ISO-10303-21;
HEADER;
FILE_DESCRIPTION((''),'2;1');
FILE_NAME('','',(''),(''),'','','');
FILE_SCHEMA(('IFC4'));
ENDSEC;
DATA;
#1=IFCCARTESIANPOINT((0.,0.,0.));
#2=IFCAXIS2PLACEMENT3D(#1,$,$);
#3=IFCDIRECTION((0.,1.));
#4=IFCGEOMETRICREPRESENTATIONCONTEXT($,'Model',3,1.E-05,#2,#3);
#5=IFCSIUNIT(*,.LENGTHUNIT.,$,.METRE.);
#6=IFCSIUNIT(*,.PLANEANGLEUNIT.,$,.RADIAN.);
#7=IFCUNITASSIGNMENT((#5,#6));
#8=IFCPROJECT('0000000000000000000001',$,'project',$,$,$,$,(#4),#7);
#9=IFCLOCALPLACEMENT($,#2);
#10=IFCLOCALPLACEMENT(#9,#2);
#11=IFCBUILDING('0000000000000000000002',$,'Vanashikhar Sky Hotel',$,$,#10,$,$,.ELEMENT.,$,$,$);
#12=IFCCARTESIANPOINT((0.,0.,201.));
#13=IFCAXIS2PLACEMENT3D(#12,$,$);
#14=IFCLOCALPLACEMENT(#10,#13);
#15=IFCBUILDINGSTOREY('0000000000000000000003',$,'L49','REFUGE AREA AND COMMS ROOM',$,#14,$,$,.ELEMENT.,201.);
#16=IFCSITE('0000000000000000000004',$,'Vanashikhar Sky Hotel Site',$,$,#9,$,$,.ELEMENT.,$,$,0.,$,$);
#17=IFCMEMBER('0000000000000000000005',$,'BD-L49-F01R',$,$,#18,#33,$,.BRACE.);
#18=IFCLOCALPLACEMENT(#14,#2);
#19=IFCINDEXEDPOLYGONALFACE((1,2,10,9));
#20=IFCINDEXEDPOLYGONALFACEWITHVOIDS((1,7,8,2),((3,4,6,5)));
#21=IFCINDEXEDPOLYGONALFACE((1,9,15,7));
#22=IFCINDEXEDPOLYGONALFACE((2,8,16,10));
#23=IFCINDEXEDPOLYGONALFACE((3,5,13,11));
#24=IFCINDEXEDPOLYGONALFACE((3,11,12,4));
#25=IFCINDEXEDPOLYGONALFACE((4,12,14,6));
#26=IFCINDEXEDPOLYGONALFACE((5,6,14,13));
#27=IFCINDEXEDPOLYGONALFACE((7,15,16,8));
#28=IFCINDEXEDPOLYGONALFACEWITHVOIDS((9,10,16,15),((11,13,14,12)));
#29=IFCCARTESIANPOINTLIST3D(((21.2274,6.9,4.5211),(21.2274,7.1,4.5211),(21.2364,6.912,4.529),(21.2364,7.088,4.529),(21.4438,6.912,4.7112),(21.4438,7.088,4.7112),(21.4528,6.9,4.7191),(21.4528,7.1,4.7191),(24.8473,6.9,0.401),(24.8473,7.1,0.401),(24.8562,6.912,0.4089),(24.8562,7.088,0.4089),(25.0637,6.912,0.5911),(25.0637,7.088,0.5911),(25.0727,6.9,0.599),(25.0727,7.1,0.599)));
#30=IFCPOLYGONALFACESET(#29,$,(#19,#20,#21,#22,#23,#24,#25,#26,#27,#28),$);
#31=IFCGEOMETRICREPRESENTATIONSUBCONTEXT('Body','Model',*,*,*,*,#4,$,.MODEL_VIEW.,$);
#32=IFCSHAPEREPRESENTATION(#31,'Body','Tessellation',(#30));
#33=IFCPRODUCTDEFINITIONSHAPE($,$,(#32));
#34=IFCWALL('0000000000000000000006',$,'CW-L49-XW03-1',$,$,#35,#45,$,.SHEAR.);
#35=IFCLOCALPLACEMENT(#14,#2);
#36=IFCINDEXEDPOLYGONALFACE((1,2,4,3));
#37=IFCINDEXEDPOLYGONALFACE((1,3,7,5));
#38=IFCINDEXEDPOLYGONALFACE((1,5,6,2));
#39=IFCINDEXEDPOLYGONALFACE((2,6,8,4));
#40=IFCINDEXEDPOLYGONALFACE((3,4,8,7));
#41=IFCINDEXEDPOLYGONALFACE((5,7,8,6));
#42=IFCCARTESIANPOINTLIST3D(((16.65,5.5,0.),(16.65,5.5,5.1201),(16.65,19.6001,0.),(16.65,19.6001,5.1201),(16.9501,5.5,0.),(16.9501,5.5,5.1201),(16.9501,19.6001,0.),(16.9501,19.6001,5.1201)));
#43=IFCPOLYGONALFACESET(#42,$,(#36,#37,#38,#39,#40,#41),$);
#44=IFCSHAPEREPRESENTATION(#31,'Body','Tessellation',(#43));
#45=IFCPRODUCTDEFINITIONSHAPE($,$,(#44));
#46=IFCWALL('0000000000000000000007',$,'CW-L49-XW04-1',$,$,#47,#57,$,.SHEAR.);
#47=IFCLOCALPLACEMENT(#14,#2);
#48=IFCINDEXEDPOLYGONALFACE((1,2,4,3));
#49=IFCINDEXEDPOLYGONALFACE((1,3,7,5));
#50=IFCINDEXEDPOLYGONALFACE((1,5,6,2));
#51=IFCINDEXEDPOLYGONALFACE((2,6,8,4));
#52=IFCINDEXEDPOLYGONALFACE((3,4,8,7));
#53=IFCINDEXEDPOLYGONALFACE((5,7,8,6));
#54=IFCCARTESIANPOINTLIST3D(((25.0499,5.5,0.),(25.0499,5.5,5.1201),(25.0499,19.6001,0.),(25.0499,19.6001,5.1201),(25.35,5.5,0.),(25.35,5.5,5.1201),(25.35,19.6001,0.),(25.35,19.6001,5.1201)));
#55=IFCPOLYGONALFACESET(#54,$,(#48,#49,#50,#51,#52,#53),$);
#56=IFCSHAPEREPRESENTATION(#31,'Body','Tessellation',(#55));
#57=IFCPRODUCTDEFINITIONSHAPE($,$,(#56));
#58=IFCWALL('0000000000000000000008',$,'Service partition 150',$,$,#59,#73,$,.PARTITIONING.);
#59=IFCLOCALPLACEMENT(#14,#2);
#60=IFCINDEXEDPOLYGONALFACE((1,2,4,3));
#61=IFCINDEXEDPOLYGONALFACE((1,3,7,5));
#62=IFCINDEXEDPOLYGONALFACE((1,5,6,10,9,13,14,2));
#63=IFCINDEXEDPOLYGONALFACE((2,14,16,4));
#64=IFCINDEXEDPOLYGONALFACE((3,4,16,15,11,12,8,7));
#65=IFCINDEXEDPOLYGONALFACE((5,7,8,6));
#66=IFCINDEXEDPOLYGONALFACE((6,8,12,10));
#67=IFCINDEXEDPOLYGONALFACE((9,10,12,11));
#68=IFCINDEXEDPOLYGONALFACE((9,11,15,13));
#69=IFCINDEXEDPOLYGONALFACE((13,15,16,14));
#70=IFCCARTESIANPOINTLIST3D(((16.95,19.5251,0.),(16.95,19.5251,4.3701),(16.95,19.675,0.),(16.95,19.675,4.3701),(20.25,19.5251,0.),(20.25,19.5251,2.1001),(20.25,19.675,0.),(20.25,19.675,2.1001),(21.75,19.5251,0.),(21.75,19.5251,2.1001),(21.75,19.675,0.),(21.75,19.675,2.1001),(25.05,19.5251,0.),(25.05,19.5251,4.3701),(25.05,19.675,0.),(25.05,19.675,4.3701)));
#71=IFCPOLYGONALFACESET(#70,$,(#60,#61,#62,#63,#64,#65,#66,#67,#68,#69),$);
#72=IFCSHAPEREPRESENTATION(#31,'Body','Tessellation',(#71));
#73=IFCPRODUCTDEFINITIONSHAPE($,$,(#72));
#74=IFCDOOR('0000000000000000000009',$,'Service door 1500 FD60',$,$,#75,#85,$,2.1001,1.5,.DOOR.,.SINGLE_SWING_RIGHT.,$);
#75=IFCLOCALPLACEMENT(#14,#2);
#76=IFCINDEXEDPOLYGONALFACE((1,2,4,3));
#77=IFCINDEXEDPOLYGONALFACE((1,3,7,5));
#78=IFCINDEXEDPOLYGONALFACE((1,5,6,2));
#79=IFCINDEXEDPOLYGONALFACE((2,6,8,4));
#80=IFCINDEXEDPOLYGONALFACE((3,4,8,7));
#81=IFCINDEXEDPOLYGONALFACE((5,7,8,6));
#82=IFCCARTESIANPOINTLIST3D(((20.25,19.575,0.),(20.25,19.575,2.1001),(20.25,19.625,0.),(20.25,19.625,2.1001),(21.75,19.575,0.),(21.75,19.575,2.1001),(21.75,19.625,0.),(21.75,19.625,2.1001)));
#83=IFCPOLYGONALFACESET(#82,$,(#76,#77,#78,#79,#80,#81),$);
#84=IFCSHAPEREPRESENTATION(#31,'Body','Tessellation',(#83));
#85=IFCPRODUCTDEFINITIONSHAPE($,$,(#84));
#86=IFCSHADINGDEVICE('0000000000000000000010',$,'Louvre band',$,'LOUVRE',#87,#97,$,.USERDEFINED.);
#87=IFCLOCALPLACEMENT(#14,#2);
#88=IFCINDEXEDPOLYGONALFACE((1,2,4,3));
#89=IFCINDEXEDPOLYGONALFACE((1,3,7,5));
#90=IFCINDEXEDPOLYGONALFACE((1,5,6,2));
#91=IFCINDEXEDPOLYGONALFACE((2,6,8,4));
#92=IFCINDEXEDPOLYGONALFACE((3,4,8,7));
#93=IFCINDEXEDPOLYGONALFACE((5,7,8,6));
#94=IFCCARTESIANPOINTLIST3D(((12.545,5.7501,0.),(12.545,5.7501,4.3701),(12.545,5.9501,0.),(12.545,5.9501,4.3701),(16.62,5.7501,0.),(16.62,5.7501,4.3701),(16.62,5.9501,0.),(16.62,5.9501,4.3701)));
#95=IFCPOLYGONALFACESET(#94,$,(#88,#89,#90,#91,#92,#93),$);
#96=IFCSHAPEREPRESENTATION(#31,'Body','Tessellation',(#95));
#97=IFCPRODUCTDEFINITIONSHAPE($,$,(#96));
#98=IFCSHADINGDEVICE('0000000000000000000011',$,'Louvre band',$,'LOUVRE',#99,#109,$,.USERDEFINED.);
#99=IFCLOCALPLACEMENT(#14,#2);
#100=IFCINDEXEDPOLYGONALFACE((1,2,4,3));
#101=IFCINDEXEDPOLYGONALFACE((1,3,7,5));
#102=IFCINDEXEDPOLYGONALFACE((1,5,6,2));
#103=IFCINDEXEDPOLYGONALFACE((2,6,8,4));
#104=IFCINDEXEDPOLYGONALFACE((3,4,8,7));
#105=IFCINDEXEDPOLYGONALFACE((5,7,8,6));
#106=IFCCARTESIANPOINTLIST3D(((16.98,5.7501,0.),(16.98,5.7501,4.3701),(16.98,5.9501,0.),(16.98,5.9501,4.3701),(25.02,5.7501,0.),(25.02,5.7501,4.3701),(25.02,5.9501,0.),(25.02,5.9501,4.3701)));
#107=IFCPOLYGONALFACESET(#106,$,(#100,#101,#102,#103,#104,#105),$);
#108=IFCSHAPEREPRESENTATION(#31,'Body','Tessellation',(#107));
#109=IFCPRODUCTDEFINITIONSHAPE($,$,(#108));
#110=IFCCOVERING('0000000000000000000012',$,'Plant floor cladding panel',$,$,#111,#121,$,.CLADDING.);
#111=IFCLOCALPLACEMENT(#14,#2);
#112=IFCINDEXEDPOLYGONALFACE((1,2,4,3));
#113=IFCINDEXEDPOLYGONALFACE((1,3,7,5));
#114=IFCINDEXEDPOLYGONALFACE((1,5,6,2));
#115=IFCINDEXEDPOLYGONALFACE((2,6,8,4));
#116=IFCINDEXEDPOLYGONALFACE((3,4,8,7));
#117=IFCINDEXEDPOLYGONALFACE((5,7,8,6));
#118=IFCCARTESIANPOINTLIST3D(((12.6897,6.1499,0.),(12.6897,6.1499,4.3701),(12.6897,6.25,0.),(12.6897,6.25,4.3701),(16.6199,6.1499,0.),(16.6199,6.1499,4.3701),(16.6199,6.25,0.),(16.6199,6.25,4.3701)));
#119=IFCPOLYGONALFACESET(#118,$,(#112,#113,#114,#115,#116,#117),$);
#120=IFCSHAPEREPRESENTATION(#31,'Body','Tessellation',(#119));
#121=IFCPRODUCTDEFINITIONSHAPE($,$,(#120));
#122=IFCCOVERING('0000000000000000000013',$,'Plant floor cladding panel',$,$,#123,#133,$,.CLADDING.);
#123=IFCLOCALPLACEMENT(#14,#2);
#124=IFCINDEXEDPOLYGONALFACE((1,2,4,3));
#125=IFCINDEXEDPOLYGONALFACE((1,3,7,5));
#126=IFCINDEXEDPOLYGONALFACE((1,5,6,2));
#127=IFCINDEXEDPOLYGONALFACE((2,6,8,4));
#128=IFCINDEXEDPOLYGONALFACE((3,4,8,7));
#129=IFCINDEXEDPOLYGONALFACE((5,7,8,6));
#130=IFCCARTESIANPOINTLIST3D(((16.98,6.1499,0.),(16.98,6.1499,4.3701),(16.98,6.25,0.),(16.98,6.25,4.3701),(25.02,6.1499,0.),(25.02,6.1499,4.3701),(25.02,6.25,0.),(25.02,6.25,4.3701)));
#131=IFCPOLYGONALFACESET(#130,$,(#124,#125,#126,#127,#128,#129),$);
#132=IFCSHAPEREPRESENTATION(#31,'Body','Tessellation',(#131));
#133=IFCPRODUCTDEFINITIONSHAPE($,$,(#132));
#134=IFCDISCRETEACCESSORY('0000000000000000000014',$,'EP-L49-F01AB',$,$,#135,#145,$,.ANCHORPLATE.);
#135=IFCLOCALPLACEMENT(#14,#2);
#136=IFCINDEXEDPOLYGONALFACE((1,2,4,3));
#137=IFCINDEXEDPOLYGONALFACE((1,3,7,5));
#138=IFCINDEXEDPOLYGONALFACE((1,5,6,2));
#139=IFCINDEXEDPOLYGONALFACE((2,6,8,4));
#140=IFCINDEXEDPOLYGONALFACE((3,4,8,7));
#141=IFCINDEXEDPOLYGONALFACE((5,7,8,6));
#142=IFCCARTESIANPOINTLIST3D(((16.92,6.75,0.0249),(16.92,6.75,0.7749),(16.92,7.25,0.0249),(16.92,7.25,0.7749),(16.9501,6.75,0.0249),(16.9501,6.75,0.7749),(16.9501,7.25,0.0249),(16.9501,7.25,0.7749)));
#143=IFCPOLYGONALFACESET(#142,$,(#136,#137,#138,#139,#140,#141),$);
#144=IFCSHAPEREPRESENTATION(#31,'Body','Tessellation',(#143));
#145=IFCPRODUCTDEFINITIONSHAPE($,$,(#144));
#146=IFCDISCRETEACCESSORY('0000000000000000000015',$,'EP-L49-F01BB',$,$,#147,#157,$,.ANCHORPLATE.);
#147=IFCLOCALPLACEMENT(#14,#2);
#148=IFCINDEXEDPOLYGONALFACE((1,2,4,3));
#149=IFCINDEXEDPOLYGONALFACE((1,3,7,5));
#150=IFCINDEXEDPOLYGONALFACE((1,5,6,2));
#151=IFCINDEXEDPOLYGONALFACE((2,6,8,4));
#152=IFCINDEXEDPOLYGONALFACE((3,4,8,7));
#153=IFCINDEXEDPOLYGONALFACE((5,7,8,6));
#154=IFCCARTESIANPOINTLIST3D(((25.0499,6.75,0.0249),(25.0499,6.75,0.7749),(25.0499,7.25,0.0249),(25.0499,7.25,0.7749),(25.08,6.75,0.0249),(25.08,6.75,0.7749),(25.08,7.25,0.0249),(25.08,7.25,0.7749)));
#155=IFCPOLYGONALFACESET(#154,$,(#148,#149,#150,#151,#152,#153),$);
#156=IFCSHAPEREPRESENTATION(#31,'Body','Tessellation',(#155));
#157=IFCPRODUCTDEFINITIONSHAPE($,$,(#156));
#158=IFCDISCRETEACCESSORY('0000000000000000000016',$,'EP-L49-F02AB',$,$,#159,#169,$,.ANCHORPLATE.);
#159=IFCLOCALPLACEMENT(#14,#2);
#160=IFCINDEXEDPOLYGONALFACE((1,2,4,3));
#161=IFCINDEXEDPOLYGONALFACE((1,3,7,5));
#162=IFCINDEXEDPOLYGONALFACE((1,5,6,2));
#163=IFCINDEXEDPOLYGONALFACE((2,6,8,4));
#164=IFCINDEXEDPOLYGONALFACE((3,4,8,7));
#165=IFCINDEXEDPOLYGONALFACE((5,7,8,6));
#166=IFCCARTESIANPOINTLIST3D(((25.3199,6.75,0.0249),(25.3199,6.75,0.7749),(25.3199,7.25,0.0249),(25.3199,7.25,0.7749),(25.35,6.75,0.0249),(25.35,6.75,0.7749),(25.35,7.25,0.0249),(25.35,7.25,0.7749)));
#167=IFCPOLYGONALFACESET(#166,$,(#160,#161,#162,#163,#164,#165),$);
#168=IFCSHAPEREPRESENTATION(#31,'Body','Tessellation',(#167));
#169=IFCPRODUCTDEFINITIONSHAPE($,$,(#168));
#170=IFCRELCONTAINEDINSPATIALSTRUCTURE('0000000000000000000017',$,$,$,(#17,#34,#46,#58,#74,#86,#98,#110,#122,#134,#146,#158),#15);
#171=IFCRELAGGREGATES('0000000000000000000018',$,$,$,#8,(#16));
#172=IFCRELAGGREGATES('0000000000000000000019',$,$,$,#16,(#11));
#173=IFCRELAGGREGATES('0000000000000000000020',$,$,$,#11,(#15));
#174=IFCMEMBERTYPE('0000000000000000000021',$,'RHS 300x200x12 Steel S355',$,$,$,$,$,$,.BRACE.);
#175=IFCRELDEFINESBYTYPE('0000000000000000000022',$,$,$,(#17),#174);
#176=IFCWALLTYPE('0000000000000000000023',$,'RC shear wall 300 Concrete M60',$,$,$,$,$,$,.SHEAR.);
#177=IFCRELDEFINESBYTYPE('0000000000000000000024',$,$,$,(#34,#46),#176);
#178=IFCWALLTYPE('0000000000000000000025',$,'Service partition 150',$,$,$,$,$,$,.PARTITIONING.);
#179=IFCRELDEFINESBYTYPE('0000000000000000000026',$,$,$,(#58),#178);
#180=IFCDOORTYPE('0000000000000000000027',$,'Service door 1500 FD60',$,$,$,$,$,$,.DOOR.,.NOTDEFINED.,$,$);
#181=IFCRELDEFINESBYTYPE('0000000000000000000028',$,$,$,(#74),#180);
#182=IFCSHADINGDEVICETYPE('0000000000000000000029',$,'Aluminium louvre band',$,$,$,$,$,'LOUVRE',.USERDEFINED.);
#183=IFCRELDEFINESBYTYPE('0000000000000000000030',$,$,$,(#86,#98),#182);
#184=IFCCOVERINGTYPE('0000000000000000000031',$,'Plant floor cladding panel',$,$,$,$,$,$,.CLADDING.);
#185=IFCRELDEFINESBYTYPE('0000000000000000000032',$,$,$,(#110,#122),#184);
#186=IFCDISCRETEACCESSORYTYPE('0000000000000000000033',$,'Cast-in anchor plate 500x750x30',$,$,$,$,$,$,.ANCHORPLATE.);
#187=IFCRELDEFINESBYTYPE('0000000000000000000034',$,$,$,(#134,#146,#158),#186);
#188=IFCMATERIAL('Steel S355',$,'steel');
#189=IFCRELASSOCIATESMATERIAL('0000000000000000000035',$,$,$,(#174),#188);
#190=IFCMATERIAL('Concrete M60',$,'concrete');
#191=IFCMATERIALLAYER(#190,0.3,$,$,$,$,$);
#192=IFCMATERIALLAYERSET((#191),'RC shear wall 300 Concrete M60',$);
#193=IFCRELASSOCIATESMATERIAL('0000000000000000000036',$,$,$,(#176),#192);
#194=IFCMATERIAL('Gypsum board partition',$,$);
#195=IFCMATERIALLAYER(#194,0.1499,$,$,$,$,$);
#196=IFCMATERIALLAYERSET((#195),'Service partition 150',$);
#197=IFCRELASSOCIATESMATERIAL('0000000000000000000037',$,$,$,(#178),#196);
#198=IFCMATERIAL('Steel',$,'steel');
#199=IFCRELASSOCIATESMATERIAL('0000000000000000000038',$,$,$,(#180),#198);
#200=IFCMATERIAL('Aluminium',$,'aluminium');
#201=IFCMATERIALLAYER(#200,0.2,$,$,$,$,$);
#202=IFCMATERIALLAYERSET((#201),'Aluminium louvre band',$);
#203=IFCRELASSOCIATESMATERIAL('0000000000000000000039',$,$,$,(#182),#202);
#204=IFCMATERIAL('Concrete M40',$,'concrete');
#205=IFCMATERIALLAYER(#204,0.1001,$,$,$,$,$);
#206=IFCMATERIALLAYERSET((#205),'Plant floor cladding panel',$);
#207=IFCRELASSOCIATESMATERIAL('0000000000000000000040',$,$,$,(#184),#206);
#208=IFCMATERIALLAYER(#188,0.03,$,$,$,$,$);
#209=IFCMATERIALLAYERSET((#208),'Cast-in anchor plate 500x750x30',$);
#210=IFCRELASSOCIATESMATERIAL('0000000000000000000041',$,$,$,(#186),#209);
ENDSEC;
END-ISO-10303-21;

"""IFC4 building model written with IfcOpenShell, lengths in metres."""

from ifc_helpers import new_model, si_unit, direction, frame, frame_2d, origin, origin_2d, place, context, subcontext, project, spatial, rectangle, hollow_rectangle, extrude, source, transform, mapped, material, layer, layer_set, material_profile, profile_set, type_object, element, fill, save


model = new_model("IFC4")

# Units and contexts
model_context = context("Model", 3, precision=1e-05, world=origin(), true_north=direction((0.0, 1.0)))
body_context = subcontext(model_context, "Body", "Model", "MODEL_VIEW")
ifc_project = project(units=[si_unit("LENGTHUNIT", "METRE"), si_unit("PLANEANGLEUNIT", "RADIAN")], contexts=[model_context])

# Site, building, storey
site_placement = place(None, origin())
site = spatial("IfcSite", under=ifc_project, at=site_placement, Name="Vanashikhar Sky Hotel Site", CompositionType="ELEMENT", RefElevation=0.0)
building_placement = place(site_placement, origin())
building = spatial("IfcBuilding", under=site, at=building_placement, Name="Vanashikhar Sky Hotel", CompositionType="ELEMENT")
storey_placement = place(building_placement, frame((0.0, 0.0, 201.0)))
storey = spatial("IfcBuildingStorey", under=building, at=storey_placement, Name="L49", Description="REFUGE AREA AND COMMS ROOM", CompositionType="ELEMENT", Elevation=201.0)

# Member
ifc_material_1 = material(Name="Steel S355", Category="steel")
ifc_material_profile_1 = material_profile(ifc_material_1, hollow_rectangle(XDim=0.2, YDim=0.3, WallThickness=0.012, at=origin_2d()))
ifc_profile_set_1 = profile_set([ifc_material_profile_1], Name="RHS 300x200x12 Steel S355")
member_type_1 = type_object("IfcMemberType", Name="RHS 300x200x12 Steel S355", PredefinedType="BRACE", material=ifc_profile_set_1)
shared_shape_1 = source(origin(), body_context, "Body", "SweptSolid", [
    extrude(hollow_rectangle(XDim=0.2, YDim=0.3, WallThickness=0.012, at=origin_2d()), origin(), (0.0, 0.0, 1.0), 5.4844),
])
for number, where, z_axis, x_axis, name in (
    (1, (24.96, 7.0, 0.5), (-0.660029, 0.0, 0.75124), (0.0, -1.0, 0.0), "BD-L49-F01R"),
):
    element("IfcMember", number, at=place(storey_placement, frame(where, z_axis=z_axis, x_axis=x_axis)), inside=storey, type_object=member_type_1, Name=name, PredefinedType="BRACE", context=body_context, shape_type="MappedRepresentation", body=[
        mapped(shared_shape_1, transform((0.0, 0.0, 0.0), scale=1.0)),
    ])

# Walls
ifc_material_2 = material(Name="Concrete M60", Category="concrete")
ifc_layer_1 = layer(ifc_material_2, 0.3)
ifc_layer_set_1 = layer_set([ifc_layer_1], Name="RC shear wall 300 Concrete M60")
wall_type_1 = type_object("IfcWallType", Name="RC shear wall 300 Concrete M60", PredefinedType="SHEAR", material=ifc_layer_set_1)
shared_shape_2 = source(origin(), body_context, "Body", "SweptSolid", [
    extrude(rectangle(XDim=14.1001, YDim=0.3, at=frame_2d((7.05, 0.0))), origin(), (0.0, 0.0, 1.0), 5.1201),
])
for number, where, z_axis, x_axis, name in (
    (2, (16.8, 5.5, 0.0), (0.0, 0.0, 1.0), (0.0, 1.0, 0.0), "CW-L49-XW03-1"),
    (3, (25.2, 5.5, 0.0), (0.0, 0.0, 1.0), (0.0, 1.0, 0.0), "CW-L49-XW04-1"),
):
    element("IfcWall", number, at=place(storey_placement, frame(where, z_axis=z_axis, x_axis=x_axis)), inside=storey, type_object=wall_type_1, Name=name, PredefinedType="SHEAR", context=body_context, shape_type="MappedRepresentation", body=[
        mapped(shared_shape_2, transform((0.0, 0.0, 0.0), scale=1.0)),
    ])

# Wall, opening, door
ifc_material_3 = material(Name="Gypsum board partition")
ifc_layer_2 = layer(ifc_material_3, 0.1499)
ifc_layer_set_2 = layer_set([ifc_layer_2], Name="Service partition 150")
wall_type_2 = type_object("IfcWallType", Name="Service partition 150", PredefinedType="PARTITIONING", material=ifc_layer_set_2)
shared_shape_3 = source(origin(), body_context, "Body", "SweptSolid", [
    extrude(rectangle(XDim=8.1001, YDim=0.1499, at=frame_2d((4.05, 0.0))), origin(), (0.0, 0.0, 1.0), 4.3701),
])
wall_placement = place(storey_placement, frame((16.95, 19.6001, 0.0), z_axis=(0.0, 0.0, 1.0), x_axis=(1.0, 0.0, 0.0)))
wall = element("IfcWall", 4, at=wall_placement, inside=storey, type_object=wall_type_2, Name="Service partition 150", PredefinedType="PARTITIONING", context=body_context, shape_type="MappedRepresentation", body=[
    mapped(shared_shape_3, transform((0.0, 0.0, 0.0), scale=1.0)),
])
shared_shape_4 = source(origin(), body_context, "Body", "SweptSolid", [
    extrude(rectangle(XDim=1.5, YDim=2.1001, at=frame_2d((0.75, 1.05))), frame((0.0, 0.085, 0.0), z_axis=(0.0, -1.0, 0.0), x_axis=(1.0, 0.0, 0.0)), (0.0, 0.0, 1.0), 0.1699),
])
opening_placement = place(wall_placement, frame((3.3, 0.0, 0.0)))
opening = element("IfcOpeningElement", 5, at=opening_placement, cuts=wall, PredefinedType="OPENING", context=body_context, shape_type="MappedRepresentation", body=[
    mapped(shared_shape_4, transform((0.0, 0.0, 0.0), scale=1.0)),
])
ifc_material_4 = material(Name="Steel", Category="steel")
door_type = type_object("IfcDoorType", Name="Service door 1500 FD60", OperationType="NOTDEFINED", PredefinedType="DOOR", material=ifc_material_4)
shared_shape_5 = source(origin(), body_context, "Body", "SweptSolid", [
    extrude(rectangle(XDim=1.5, YDim=2.1001, at=frame_2d((0.75, 1.05))), frame((0.0, 0.0249, 0.0), z_axis=(0.0, -1.0, 0.0), x_axis=(1.0, 0.0, 0.0)), (0.0, 0.0, 1.0), 0.05),
])
door_placement = place(opening_placement, origin())
door = element("IfcDoor", 6, at=door_placement, inside=storey, type_object=door_type, Name="Service door 1500 FD60", OperationType="SINGLE_SWING_RIGHT", OverallHeight=2.1001, OverallWidth=1.5, PredefinedType="DOOR", context=body_context, shape_type="MappedRepresentation", body=[
    mapped(shared_shape_5, transform((0.0, 0.0, 0.0), scale=1.0)),
])
fill(opening, door)

# Shading devices
ifc_material_5 = material(Name="Aluminium", Category="aluminium")
ifc_layer_3 = layer(ifc_material_5, 0.2)
ifc_layer_set_3 = layer_set([ifc_layer_3], Name="Aluminium louvre band")
shading_device_type = type_object("IfcShadingDeviceType", Name="Aluminium louvre band", ElementType="LOUVRE", PredefinedType="USERDEFINED", material=ifc_layer_set_3)
shared_shape_6 = source(origin(), body_context, "Body", "SweptSolid", [
    extrude(rectangle(XDim=4.075, YDim=0.2, at=origin_2d()), origin(), (0.0, 0.0, 1.0), 4.3701),
])
shading_device_1_placement = place(storey_placement, frame((14.5825, 5.8501, 0.0), z_axis=(0.0, 0.0, 1.0), x_axis=(1.0, 0.0, 0.0)))
element("IfcShadingDevice", 7, at=shading_device_1_placement, inside=storey, type_object=shading_device_type, Name="Louvre band", ObjectType="LOUVRE", PredefinedType="USERDEFINED", context=body_context, shape_type="MappedRepresentation", body=[
    mapped(shared_shape_6, transform((0.0, 0.0, 0.0), scale=1.0)),
])
shared_shape_7 = source(origin(), body_context, "Body", "SweptSolid", [
    extrude(rectangle(XDim=8.04, YDim=0.2, at=origin_2d()), origin(), (0.0, 0.0, 1.0), 4.3701),
])
shading_device_2_placement = place(storey_placement, frame((21.0, 5.8501, 0.0), z_axis=(0.0, 0.0, 1.0), x_axis=(1.0, 0.0, 0.0)))
element("IfcShadingDevice", 8, at=shading_device_2_placement, inside=storey, type_object=shading_device_type, Name="Louvre band", ObjectType="LOUVRE", PredefinedType="USERDEFINED", context=body_context, shape_type="MappedRepresentation", body=[
    mapped(shared_shape_7, transform((0.0, 0.0, 0.0), scale=1.0)),
])

# Coverings
ifc_material_6 = material(Name="Concrete M40", Category="concrete")
ifc_layer_4 = layer(ifc_material_6, 0.1001)
ifc_layer_set_4 = layer_set([ifc_layer_4], Name="Plant floor cladding panel")
covering_type = type_object("IfcCoveringType", Name="Plant floor cladding panel", PredefinedType="CLADDING", material=ifc_layer_set_4)
shared_shape_8 = source(origin(), body_context, "Body", "SweptSolid", [
    extrude(rectangle(XDim=3.9302, YDim=0.1001, at=origin_2d()), origin(), (0.0, 0.0, 1.0), 4.3701),
])
covering_1_placement = place(storey_placement, frame((14.6548, 6.2, 0.0), z_axis=(0.0, 0.0, 1.0), x_axis=(1.0, 0.0, 0.0)))
element("IfcCovering", 9, at=covering_1_placement, inside=storey, type_object=covering_type, Name="Plant floor cladding panel", PredefinedType="CLADDING", context=body_context, shape_type="MappedRepresentation", body=[
    mapped(shared_shape_8, transform((0.0, 0.0, 0.0), scale=1.0)),
])
shared_shape_9 = source(origin(), body_context, "Body", "SweptSolid", [
    extrude(rectangle(XDim=8.04, YDim=0.1001, at=origin_2d()), origin(), (0.0, 0.0, 1.0), 4.3701),
])
covering_2_placement = place(storey_placement, frame((21.0, 6.2, 0.0), z_axis=(0.0, 0.0, 1.0), x_axis=(1.0, 0.0, 0.0)))
element("IfcCovering", 10, at=covering_2_placement, inside=storey, type_object=covering_type, Name="Plant floor cladding panel", PredefinedType="CLADDING", context=body_context, shape_type="MappedRepresentation", body=[
    mapped(shared_shape_9, transform((0.0, 0.0, 0.0), scale=1.0)),
])

# Discrete accessories
ifc_layer_5 = layer(ifc_material_1, 0.03)
ifc_layer_set_5 = layer_set([ifc_layer_5], Name="Cast-in anchor plate 500x750x30")
discrete_accessory_type_1 = type_object("IfcDiscreteAccessoryType", Name="Cast-in anchor plate 500x750x30", PredefinedType="ANCHORPLATE", material=ifc_layer_set_5)
shared_shape_10 = source(origin(), body_context, "Body", "SweptSolid", [
    extrude(rectangle(XDim=0.03, YDim=0.5, at=origin_2d()), origin(), (0.0, 0.0, 1.0), 0.75),
])
for number, where, z_axis, x_axis, name in (
    (11, (16.9351, 7.0, 0.0249), (0.0, 0.0, 1.0), (1.0, 0.0, 0.0), "EP-L49-F01AB"),
    (12, (25.0649, 7.0, 0.0249), (0.0, 0.0, 1.0), (1.0, 0.0, 0.0), "EP-L49-F01BB"),
    (13, (25.335, 7.0, 0.0249), (0.0, 0.0, 1.0), (1.0, 0.0, 0.0), "EP-L49-F02AB"),
):
    element("IfcDiscreteAccessory", number, at=place(storey_placement, frame(where, z_axis=z_axis, x_axis=x_axis)), inside=storey, type_object=discrete_accessory_type_1, Name=name, PredefinedType="ANCHORPLATE", context=body_context, shape_type="MappedRepresentation", body=[
        mapped(shared_shape_10, transform((0.0, 0.0, 0.0), scale=1.0)),
    ])

save(model, "model.ifc")
